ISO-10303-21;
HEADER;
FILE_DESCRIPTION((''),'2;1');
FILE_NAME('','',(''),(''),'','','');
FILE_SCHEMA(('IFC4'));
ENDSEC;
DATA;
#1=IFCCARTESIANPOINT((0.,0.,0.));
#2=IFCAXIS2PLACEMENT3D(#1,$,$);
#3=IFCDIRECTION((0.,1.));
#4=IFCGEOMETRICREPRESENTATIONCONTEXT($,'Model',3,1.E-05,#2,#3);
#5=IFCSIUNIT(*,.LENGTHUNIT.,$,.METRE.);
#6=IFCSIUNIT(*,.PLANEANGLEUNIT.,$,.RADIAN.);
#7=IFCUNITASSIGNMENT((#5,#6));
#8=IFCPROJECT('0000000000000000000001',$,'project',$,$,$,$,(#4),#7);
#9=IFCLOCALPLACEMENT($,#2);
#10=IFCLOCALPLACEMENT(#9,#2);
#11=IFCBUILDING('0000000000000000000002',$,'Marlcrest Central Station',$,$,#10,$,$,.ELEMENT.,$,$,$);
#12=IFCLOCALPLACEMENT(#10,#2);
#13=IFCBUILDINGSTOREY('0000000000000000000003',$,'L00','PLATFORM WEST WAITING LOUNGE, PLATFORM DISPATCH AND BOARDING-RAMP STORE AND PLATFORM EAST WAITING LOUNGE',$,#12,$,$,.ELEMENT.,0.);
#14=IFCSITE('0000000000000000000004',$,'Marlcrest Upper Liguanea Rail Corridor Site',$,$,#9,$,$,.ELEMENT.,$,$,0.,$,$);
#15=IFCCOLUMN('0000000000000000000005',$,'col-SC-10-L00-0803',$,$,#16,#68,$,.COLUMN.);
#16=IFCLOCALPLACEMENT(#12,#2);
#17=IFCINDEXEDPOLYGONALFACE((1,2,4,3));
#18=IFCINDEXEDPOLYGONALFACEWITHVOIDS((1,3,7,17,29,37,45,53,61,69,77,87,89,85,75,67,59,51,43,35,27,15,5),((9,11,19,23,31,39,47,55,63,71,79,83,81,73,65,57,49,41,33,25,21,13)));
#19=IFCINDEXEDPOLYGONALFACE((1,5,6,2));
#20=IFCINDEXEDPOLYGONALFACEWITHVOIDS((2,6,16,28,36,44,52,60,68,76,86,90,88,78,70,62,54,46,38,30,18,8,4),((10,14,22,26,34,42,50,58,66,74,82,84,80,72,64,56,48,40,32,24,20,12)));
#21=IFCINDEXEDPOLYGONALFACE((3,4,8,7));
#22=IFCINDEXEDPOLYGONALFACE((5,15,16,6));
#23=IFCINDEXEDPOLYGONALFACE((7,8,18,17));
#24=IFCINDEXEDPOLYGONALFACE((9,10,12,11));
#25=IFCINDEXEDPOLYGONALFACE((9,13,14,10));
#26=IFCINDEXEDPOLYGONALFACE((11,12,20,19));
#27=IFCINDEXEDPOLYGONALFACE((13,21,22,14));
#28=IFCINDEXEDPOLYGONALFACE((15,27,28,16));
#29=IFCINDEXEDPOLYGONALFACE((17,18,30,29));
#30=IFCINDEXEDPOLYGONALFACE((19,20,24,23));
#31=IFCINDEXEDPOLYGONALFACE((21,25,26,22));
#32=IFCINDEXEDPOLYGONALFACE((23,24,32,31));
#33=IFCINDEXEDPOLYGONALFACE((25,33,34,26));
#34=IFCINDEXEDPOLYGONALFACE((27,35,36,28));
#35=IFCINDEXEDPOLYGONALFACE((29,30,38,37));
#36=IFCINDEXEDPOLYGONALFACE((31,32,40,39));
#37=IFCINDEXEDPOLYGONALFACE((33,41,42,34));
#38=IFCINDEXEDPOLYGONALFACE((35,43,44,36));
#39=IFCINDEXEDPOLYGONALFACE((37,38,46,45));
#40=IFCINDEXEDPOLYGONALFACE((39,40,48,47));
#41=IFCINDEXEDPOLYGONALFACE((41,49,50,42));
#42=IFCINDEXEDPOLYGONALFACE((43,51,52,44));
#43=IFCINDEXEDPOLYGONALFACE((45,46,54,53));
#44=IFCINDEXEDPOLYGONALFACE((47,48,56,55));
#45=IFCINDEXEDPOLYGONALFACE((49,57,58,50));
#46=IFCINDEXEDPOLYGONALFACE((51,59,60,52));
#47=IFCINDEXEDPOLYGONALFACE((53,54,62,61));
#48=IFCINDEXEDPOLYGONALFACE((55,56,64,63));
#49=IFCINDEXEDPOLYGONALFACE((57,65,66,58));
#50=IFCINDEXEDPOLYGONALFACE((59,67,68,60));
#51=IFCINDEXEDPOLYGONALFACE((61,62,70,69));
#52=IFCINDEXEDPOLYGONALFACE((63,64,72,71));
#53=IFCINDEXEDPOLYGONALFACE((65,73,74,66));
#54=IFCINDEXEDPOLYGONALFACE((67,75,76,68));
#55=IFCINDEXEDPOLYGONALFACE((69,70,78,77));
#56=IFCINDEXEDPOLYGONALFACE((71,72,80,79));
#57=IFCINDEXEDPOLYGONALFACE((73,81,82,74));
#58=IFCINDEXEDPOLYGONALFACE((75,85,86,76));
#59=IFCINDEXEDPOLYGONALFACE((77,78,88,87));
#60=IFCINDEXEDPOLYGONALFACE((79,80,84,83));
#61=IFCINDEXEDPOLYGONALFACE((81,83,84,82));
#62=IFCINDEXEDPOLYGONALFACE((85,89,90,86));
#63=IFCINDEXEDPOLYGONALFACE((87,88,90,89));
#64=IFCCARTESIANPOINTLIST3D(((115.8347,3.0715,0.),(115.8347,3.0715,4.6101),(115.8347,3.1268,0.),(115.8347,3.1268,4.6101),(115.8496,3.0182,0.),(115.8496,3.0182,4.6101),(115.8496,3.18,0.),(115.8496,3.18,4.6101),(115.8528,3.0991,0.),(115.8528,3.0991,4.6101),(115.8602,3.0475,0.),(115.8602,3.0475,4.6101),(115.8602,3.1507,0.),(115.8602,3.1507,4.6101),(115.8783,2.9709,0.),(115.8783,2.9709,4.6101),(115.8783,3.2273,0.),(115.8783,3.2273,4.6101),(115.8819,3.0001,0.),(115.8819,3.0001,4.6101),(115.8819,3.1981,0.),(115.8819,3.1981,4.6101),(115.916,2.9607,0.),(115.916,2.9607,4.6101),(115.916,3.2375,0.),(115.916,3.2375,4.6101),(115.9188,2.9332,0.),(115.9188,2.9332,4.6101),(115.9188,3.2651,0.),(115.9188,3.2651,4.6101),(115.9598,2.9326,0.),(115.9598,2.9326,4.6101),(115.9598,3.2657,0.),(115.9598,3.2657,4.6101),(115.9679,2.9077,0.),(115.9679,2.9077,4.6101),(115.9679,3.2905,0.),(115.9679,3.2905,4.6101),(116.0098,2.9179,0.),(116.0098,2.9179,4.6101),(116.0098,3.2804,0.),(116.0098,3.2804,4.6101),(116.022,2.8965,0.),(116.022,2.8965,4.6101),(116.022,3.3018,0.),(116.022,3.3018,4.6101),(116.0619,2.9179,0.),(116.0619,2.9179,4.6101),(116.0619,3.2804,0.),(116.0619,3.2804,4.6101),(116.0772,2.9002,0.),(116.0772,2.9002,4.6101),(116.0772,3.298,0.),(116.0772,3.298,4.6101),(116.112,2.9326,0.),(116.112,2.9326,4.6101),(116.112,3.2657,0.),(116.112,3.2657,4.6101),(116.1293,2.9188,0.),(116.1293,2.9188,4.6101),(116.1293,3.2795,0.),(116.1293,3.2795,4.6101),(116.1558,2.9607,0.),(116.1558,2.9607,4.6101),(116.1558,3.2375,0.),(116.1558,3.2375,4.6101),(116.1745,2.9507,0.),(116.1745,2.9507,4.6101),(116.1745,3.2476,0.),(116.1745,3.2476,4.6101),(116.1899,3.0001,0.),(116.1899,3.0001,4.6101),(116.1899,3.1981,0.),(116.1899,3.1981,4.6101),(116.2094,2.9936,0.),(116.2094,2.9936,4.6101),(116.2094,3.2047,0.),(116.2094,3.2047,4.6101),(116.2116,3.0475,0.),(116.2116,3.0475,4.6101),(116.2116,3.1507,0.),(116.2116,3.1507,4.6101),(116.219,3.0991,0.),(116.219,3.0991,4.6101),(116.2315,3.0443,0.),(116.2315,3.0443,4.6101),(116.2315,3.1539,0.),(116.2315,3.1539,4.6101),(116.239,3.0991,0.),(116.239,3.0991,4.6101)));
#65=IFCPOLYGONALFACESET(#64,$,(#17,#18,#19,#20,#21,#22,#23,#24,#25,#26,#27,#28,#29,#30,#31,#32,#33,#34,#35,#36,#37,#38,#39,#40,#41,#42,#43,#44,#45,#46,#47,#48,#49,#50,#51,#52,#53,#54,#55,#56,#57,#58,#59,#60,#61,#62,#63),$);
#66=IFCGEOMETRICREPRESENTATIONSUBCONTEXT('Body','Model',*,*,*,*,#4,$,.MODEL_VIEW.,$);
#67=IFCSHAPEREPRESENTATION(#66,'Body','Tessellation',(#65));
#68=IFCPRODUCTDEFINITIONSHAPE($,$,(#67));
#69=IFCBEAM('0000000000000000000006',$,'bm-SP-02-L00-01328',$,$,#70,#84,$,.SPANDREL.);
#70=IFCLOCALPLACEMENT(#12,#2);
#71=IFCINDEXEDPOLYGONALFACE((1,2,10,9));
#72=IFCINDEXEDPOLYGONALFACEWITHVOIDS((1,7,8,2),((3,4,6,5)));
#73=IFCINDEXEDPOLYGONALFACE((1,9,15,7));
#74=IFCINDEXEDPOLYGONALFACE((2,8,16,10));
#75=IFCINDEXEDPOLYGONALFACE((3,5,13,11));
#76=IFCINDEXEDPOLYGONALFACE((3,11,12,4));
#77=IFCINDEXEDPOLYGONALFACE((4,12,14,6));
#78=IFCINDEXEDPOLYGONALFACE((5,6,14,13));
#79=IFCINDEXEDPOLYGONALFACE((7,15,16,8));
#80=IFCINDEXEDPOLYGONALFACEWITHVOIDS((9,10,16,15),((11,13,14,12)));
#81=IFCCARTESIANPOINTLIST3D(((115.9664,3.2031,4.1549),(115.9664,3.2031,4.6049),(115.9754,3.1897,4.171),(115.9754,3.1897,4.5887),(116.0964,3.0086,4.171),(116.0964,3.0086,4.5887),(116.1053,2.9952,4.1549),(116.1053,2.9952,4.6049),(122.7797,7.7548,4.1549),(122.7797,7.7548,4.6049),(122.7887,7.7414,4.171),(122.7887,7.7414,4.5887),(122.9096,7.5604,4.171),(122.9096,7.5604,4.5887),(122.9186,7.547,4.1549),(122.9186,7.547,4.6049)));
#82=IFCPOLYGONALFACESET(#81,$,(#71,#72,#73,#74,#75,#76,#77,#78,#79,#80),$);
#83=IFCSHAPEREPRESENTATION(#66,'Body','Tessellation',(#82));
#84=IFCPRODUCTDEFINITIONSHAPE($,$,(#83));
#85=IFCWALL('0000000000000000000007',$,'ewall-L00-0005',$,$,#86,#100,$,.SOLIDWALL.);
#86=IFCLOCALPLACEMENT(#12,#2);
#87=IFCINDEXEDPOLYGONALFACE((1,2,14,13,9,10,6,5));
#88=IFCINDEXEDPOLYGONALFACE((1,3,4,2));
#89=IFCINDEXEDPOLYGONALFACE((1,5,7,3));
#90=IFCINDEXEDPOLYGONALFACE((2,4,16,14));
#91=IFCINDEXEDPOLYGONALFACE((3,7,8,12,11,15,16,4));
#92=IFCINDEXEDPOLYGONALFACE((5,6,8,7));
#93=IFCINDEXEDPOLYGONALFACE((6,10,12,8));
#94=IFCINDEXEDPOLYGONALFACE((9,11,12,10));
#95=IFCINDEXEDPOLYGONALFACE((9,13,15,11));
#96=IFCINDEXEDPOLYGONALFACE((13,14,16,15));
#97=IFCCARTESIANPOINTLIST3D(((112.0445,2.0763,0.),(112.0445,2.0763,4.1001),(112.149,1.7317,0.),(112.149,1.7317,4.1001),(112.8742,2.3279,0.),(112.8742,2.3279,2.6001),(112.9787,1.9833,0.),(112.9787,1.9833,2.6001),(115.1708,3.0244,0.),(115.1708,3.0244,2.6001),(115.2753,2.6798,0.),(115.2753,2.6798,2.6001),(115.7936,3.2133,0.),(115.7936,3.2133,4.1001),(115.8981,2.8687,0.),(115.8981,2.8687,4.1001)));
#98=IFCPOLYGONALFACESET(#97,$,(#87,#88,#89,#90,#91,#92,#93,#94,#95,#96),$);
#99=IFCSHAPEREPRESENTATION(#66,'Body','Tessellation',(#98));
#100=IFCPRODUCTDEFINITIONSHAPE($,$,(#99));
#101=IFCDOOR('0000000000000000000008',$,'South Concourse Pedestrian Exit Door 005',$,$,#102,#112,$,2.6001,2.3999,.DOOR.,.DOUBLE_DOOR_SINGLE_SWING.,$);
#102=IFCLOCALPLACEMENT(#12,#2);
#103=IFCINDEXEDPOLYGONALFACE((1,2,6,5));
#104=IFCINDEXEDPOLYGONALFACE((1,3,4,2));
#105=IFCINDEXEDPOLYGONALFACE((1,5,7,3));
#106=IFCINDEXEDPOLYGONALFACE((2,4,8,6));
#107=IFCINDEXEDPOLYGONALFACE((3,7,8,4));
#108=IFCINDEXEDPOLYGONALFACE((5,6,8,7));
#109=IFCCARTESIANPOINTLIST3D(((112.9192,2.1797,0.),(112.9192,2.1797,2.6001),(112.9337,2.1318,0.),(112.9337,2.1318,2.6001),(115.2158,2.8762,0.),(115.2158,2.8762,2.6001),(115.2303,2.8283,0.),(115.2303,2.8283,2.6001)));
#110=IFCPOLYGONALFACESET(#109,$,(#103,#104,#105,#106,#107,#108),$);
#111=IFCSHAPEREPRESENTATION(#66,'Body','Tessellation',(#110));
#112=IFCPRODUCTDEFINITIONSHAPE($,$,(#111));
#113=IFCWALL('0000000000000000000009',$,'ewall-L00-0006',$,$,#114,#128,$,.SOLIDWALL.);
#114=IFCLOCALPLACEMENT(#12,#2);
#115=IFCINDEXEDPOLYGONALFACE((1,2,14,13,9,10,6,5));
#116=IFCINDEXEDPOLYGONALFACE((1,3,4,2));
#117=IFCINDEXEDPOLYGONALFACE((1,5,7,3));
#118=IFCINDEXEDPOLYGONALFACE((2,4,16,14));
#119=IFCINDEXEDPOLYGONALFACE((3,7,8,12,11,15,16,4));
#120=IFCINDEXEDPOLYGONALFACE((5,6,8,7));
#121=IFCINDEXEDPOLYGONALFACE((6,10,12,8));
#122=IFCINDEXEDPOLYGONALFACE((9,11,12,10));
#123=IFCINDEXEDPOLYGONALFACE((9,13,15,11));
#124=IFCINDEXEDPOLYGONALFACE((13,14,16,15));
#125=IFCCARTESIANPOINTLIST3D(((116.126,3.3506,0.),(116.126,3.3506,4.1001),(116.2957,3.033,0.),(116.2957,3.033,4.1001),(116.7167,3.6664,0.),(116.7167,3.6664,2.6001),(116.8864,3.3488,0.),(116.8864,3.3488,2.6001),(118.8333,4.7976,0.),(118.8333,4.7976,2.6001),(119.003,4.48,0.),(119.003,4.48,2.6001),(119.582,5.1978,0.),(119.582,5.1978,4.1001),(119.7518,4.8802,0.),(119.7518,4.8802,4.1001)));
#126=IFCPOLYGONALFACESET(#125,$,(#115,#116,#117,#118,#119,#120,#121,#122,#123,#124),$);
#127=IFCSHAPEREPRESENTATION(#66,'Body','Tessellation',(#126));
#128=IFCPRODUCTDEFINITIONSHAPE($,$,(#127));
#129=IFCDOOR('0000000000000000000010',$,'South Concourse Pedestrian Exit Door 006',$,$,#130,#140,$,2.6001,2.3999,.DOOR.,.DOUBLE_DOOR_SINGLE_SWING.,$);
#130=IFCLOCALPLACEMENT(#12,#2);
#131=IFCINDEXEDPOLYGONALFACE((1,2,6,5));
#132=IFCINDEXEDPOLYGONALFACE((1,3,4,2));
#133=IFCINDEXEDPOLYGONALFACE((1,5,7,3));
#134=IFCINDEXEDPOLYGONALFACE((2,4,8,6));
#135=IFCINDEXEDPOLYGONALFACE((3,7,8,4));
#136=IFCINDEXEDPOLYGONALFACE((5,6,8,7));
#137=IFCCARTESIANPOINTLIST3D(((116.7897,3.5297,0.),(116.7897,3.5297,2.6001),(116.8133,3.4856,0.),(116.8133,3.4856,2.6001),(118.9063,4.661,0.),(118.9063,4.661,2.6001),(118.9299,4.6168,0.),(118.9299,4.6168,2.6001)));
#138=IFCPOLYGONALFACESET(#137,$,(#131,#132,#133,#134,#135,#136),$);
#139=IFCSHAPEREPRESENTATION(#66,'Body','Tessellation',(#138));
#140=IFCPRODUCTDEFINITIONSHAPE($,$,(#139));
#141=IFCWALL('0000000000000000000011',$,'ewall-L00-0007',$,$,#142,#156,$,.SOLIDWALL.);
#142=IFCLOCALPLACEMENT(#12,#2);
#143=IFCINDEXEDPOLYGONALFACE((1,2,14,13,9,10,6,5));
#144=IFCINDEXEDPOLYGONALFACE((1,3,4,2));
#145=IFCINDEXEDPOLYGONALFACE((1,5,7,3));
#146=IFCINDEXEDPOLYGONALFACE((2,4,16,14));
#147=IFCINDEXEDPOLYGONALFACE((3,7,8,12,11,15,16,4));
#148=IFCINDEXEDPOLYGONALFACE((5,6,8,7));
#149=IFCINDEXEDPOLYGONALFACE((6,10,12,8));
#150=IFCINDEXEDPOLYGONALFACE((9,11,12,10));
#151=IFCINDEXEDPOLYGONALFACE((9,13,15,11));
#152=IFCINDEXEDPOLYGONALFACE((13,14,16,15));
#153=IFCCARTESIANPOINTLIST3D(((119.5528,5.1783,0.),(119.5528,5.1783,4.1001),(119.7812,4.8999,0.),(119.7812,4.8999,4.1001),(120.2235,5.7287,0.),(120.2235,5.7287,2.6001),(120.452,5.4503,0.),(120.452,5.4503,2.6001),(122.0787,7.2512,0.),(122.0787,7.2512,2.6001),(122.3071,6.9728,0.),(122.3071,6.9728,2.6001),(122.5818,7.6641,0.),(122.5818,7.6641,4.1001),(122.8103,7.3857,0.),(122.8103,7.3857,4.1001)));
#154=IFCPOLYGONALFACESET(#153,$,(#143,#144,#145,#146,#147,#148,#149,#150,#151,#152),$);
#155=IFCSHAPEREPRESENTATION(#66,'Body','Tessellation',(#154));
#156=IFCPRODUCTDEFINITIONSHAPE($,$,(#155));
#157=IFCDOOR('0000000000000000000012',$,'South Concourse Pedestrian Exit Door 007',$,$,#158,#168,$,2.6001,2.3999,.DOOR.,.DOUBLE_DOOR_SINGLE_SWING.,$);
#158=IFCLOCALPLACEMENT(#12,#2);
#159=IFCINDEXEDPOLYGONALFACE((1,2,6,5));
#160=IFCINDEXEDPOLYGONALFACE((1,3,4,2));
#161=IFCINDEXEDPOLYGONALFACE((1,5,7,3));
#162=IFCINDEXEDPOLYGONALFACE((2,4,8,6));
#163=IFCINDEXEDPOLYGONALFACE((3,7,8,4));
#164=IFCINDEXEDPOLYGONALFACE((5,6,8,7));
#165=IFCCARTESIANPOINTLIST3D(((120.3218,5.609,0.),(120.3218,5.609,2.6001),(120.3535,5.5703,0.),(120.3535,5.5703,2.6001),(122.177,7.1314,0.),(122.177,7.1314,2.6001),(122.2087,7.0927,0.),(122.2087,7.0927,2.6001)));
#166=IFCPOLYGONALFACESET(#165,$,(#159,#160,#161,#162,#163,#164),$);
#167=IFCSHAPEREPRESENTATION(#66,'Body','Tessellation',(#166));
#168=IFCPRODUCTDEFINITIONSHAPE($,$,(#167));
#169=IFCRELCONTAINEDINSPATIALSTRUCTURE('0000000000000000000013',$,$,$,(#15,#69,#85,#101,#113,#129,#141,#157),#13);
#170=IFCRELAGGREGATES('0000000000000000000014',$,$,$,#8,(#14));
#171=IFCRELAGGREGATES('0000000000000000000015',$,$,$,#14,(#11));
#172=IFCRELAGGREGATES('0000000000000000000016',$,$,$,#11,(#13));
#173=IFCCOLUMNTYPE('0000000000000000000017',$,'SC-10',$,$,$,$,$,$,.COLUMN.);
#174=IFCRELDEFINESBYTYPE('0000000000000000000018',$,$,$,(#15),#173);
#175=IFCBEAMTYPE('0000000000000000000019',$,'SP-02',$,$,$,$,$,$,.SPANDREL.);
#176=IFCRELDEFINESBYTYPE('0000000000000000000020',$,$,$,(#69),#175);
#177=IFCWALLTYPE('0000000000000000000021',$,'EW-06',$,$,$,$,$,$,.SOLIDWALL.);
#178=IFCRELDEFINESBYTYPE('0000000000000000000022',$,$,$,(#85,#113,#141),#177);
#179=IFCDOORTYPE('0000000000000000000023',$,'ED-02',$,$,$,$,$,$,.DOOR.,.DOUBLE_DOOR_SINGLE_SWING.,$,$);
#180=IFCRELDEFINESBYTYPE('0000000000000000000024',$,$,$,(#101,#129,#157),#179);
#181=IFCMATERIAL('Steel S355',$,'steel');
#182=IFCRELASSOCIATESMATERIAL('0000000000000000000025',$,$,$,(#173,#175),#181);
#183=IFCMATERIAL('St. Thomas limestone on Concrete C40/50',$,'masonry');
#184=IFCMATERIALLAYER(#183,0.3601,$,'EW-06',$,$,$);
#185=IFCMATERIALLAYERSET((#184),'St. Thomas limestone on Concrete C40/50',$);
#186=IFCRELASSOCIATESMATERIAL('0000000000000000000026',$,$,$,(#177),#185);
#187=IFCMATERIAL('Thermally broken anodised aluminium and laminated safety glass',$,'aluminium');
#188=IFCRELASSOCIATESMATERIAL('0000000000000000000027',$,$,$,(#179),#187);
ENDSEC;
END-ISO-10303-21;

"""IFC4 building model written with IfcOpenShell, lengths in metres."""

from ifc_helpers import new_model, si_unit, direction, frame, frame_2d, origin, origin_2d, place, context, subcontext, project, spatial, rectangle, hollow_rectangle, hollow_circle, extrude, material, layer, layer_set, material_profile, profile_set, type_object, element, fill, save


model = new_model("IFC4")

# Units and contexts
model_context = context("Model", 3, precision=1e-05, world=origin(), true_north=direction((0.0, 1.0)))
body_context = subcontext(model_context, "Body", "Model", "MODEL_VIEW")
ifc_project = project(units=[si_unit("LENGTHUNIT", "METRE"), si_unit("PLANEANGLEUNIT", "RADIAN")], contexts=[model_context])

# Site, building, storey
site_placement = place(None, origin())
site = spatial("IfcSite", under=ifc_project, at=site_placement, Name="Marlcrest Upper Liguanea Rail Corridor Site", CompositionType="ELEMENT", RefElevation=0.0)
building_placement = place(site_placement, origin())
building = spatial("IfcBuilding", under=site, at=building_placement, Name="Marlcrest Central Station", CompositionType="ELEMENT")
storey_placement = place(building_placement, origin())
storey = spatial("IfcBuildingStorey", under=building, at=storey_placement, Name="L00", Description="PLATFORM WEST WAITING LOUNGE, PLATFORM DISPATCH AND BOARDING-RAMP STORE AND PLATFORM EAST WAITING LOUNGE", CompositionType="ELEMENT", Elevation=0.0)

# Column
ifc_material_1 = material(Name="Steel S355", Category="steel")
ifc_material_profile_1 = material_profile(ifc_material_1, hollow_circle(Radius=0.2031, WallThickness=0.02, at=origin_2d()), Name="CHS 406.4x20")
ifc_profile_set_1 = profile_set([ifc_material_profile_1], Name="Steel S355")
column_type = type_object("IfcColumnType", Name="SC-10", PredefinedType="COLUMN", material=ifc_profile_set_1)
column_placement = place(storey_placement, frame((116.0359, 3.0991, 0.0), z_axis=(0.0, 0.0, 1.0), x_axis=(1.0, 0.0, 0.0)))
element("IfcColumn", 1, at=column_placement, inside=storey, type_object=column_type, Name="col-SC-10-L00-0803", PredefinedType="COLUMN", context=body_context, shape_type="SweptSolid", body=[
    extrude(hollow_circle(Radius=0.2031, WallThickness=0.02, at=origin_2d()), origin(), (0.0, 0.0, 1.0), 4.6101),
])

# Beam
ifc_material_profile_2 = material_profile(ifc_material_1, hollow_rectangle(XDim=0.25, YDim=0.45, WallThickness=0.0161, at=origin_2d()), Name="RHS 450x250x16")
ifc_profile_set_2 = profile_set([ifc_material_profile_2], Name="Steel S355")
beam_type = type_object("IfcBeamType", Name="SP-02", PredefinedType="SPANDREL", material=ifc_profile_set_2)
beam_placement = place(storey_placement, frame((116.0359, 3.0991, 4.3799), z_axis=(0.831509, 0.555511, 0.0), x_axis=(-0.555511, 0.831509, 0.0)))
element("IfcBeam", 2, at=beam_placement, inside=storey, type_object=beam_type, Name="bm-SP-02-L00-01328", PredefinedType="SPANDREL", context=body_context, shape_type="SweptSolid", body=[
    extrude(hollow_rectangle(XDim=0.25, YDim=0.45, WallThickness=0.0161, at=origin_2d()), origin(), (0.0, 0.0, 1.0), 8.1938),
])

# Walls, openings, doors
ifc_material_2 = material(Name="St. Thomas limestone on Concrete C40/50", Category="masonry")
ifc_layer = layer(ifc_material_2, 0.3601, Name="EW-06")
ifc_layer_set = layer_set([ifc_layer], Name="St. Thomas limestone on Concrete C40/50")
wall_type = type_object("IfcWallType", Name="EW-06", PredefinedType="SOLIDWALL", material=ifc_layer_set)
wall_1_placement = place(storey_placement, frame((115.8459, 3.041, 0.0), z_axis=(0.0, 0.0, 1.0), x_axis=(-0.956961, -0.290217, 0.0)))
wall_1 = element("IfcWall", 3, at=wall_1_placement, inside=storey, type_object=wall_type, Name="ewall-L00-0005", PredefinedType="SOLIDWALL", context=body_context, shape_type="SweptSolid", body=[
    extrude(rectangle(XDim=3.9177, YDim=0.3601, at=frame_2d((1.959, 0.0))), origin(), (0.0, 0.0, 1.0), 4.1001),
])
opening_1_placement = place(wall_1_placement, frame((0.6509, 0.0, 0.0)))
opening_1 = element("IfcOpeningElement", 4, at=opening_1_placement, cuts=wall_1, PredefinedType="OPENING", context=body_context, shape_type="SweptSolid", body=[
    extrude(rectangle(XDim=2.3999, YDim=2.6001, at=frame_2d((1.2, 1.3))), frame((0.0, 0.1899, 0.0), z_axis=(0.0, -1.0, 0.0), x_axis=(1.0, 0.0, 0.0)), (0.0, 0.0, 1.0), 0.3801),
])
ifc_material_3 = material(Name="Thermally broken anodised aluminium and laminated safety glass", Category="aluminium")
door_type = type_object("IfcDoorType", Name="ED-02", OperationType="DOUBLE_DOOR_SINGLE_SWING", PredefinedType="DOOR", material=ifc_material_3)
door_1_placement = place(opening_1_placement, origin())
door_1 = element("IfcDoor", 5, at=door_1_placement, inside=storey, type_object=door_type, Name="South Concourse Pedestrian Exit Door 005", OperationType="DOUBLE_DOOR_SINGLE_SWING", OverallHeight=2.6001, OverallWidth=2.3999, PredefinedType="DOOR", context=body_context, shape_type="SweptSolid", body=[
    extrude(rectangle(XDim=2.3999, YDim=2.6001, at=frame_2d((1.2, 1.3))), frame((0.0, 0.0249, 0.0), z_axis=(0.0, -1.0, 0.0), x_axis=(1.0, 0.0, 0.0)), (0.0, 0.0, 1.0), 0.05),
])
fill(opening_1, door_1)
wall_2_placement = place(storey_placement, frame((119.667, 5.0391, 0.0), z_axis=(0.0, 0.0, 1.0), x_axis=(-0.881935, -0.471371, 0.0)))
wall_2 = element("IfcWall", 6, at=wall_2_placement, inside=storey, type_object=wall_type, Name="ewall-L00-0006", PredefinedType="SOLIDWALL", context=body_context, shape_type="SweptSolid", body=[
    extrude(rectangle(XDim=3.9187, YDim=0.3601, at=frame_2d((1.9595, 0.0))), origin(), (0.0, 0.0, 1.0), 4.1001),
])
opening_2_placement = place(wall_2_placement, frame((0.8491, 0.0, 0.0)))
opening_2 = element("IfcOpeningElement", 7, at=opening_2_placement, cuts=wall_2, PredefinedType="OPENING", context=body_context, shape_type="SweptSolid", body=[
    extrude(rectangle(XDim=2.3999, YDim=2.6001, at=frame_2d((1.2, 1.3))), frame((0.0, 0.1899, 0.0), z_axis=(0.0, -1.0, 0.0), x_axis=(1.0, 0.0, 0.0)), (0.0, 0.0, 1.0), 0.3801),
])
door_2_placement = place(opening_2_placement, origin())
door_2 = element("IfcDoor", 8, at=door_2_placement, inside=storey, type_object=door_type, Name="South Concourse Pedestrian Exit Door 006", OperationType="DOUBLE_DOOR_SINGLE_SWING", OverallHeight=2.6001, OverallWidth=2.3999, PredefinedType="DOOR", context=body_context, shape_type="SweptSolid", body=[
    extrude(rectangle(XDim=2.3999, YDim=2.6001, at=frame_2d((1.2, 1.3))), frame((0.0, 0.0249, 0.0), z_axis=(0.0, -1.0, 0.0), x_axis=(1.0, 0.0, 0.0)), (0.0, 0.0, 1.0), 0.05),
])
fill(opening_2, door_2)
wall_3_placement = place(storey_placement, frame((122.696, 7.5249, 0.0), z_axis=(0.0, 0.0, 1.0), x_axis=(-0.773015, -0.634387, 0.0)))
wall_3 = element("IfcWall", 9, at=wall_3_placement, inside=storey, type_object=wall_type, Name="ewall-L00-0007", PredefinedType="SOLIDWALL", context=body_context, shape_type="SweptSolid", body=[
    extrude(rectangle(XDim=3.9185, YDim=0.3601, at=frame_2d((1.9592, 0.0))), origin(), (0.0, 0.0, 1.0), 4.1001),
])
opening_3_placement = place(wall_3_placement, frame((0.6509, 0.0, 0.0)))
opening_3 = element("IfcOpeningElement", 10, at=opening_3_placement, cuts=wall_3, PredefinedType="OPENING", context=body_context, shape_type="SweptSolid", body=[
    extrude(rectangle(XDim=2.3999, YDim=2.6001, at=frame_2d((1.2, 1.3))), frame((0.0, 0.1899, 0.0), z_axis=(0.0, -1.0, 0.0), x_axis=(1.0, 0.0, 0.0)), (0.0, 0.0, 1.0), 0.3801),
])
door_3_placement = place(opening_3_placement, origin())
door_3 = element("IfcDoor", 11, at=door_3_placement, inside=storey, type_object=door_type, Name="South Concourse Pedestrian Exit Door 007", OperationType="DOUBLE_DOOR_SINGLE_SWING", OverallHeight=2.6001, OverallWidth=2.3999, PredefinedType="DOOR", context=body_context, shape_type="SweptSolid", body=[
    extrude(rectangle(XDim=2.3999, YDim=2.6001, at=frame_2d((1.2, 1.3))), frame((0.0, 0.0249, 0.0), z_axis=(0.0, -1.0, 0.0), x_axis=(1.0, 0.0, 0.0)), (0.0, 0.0, 1.0), 0.05),
])
fill(opening_3, door_3)

save(model, "model.ifc")
